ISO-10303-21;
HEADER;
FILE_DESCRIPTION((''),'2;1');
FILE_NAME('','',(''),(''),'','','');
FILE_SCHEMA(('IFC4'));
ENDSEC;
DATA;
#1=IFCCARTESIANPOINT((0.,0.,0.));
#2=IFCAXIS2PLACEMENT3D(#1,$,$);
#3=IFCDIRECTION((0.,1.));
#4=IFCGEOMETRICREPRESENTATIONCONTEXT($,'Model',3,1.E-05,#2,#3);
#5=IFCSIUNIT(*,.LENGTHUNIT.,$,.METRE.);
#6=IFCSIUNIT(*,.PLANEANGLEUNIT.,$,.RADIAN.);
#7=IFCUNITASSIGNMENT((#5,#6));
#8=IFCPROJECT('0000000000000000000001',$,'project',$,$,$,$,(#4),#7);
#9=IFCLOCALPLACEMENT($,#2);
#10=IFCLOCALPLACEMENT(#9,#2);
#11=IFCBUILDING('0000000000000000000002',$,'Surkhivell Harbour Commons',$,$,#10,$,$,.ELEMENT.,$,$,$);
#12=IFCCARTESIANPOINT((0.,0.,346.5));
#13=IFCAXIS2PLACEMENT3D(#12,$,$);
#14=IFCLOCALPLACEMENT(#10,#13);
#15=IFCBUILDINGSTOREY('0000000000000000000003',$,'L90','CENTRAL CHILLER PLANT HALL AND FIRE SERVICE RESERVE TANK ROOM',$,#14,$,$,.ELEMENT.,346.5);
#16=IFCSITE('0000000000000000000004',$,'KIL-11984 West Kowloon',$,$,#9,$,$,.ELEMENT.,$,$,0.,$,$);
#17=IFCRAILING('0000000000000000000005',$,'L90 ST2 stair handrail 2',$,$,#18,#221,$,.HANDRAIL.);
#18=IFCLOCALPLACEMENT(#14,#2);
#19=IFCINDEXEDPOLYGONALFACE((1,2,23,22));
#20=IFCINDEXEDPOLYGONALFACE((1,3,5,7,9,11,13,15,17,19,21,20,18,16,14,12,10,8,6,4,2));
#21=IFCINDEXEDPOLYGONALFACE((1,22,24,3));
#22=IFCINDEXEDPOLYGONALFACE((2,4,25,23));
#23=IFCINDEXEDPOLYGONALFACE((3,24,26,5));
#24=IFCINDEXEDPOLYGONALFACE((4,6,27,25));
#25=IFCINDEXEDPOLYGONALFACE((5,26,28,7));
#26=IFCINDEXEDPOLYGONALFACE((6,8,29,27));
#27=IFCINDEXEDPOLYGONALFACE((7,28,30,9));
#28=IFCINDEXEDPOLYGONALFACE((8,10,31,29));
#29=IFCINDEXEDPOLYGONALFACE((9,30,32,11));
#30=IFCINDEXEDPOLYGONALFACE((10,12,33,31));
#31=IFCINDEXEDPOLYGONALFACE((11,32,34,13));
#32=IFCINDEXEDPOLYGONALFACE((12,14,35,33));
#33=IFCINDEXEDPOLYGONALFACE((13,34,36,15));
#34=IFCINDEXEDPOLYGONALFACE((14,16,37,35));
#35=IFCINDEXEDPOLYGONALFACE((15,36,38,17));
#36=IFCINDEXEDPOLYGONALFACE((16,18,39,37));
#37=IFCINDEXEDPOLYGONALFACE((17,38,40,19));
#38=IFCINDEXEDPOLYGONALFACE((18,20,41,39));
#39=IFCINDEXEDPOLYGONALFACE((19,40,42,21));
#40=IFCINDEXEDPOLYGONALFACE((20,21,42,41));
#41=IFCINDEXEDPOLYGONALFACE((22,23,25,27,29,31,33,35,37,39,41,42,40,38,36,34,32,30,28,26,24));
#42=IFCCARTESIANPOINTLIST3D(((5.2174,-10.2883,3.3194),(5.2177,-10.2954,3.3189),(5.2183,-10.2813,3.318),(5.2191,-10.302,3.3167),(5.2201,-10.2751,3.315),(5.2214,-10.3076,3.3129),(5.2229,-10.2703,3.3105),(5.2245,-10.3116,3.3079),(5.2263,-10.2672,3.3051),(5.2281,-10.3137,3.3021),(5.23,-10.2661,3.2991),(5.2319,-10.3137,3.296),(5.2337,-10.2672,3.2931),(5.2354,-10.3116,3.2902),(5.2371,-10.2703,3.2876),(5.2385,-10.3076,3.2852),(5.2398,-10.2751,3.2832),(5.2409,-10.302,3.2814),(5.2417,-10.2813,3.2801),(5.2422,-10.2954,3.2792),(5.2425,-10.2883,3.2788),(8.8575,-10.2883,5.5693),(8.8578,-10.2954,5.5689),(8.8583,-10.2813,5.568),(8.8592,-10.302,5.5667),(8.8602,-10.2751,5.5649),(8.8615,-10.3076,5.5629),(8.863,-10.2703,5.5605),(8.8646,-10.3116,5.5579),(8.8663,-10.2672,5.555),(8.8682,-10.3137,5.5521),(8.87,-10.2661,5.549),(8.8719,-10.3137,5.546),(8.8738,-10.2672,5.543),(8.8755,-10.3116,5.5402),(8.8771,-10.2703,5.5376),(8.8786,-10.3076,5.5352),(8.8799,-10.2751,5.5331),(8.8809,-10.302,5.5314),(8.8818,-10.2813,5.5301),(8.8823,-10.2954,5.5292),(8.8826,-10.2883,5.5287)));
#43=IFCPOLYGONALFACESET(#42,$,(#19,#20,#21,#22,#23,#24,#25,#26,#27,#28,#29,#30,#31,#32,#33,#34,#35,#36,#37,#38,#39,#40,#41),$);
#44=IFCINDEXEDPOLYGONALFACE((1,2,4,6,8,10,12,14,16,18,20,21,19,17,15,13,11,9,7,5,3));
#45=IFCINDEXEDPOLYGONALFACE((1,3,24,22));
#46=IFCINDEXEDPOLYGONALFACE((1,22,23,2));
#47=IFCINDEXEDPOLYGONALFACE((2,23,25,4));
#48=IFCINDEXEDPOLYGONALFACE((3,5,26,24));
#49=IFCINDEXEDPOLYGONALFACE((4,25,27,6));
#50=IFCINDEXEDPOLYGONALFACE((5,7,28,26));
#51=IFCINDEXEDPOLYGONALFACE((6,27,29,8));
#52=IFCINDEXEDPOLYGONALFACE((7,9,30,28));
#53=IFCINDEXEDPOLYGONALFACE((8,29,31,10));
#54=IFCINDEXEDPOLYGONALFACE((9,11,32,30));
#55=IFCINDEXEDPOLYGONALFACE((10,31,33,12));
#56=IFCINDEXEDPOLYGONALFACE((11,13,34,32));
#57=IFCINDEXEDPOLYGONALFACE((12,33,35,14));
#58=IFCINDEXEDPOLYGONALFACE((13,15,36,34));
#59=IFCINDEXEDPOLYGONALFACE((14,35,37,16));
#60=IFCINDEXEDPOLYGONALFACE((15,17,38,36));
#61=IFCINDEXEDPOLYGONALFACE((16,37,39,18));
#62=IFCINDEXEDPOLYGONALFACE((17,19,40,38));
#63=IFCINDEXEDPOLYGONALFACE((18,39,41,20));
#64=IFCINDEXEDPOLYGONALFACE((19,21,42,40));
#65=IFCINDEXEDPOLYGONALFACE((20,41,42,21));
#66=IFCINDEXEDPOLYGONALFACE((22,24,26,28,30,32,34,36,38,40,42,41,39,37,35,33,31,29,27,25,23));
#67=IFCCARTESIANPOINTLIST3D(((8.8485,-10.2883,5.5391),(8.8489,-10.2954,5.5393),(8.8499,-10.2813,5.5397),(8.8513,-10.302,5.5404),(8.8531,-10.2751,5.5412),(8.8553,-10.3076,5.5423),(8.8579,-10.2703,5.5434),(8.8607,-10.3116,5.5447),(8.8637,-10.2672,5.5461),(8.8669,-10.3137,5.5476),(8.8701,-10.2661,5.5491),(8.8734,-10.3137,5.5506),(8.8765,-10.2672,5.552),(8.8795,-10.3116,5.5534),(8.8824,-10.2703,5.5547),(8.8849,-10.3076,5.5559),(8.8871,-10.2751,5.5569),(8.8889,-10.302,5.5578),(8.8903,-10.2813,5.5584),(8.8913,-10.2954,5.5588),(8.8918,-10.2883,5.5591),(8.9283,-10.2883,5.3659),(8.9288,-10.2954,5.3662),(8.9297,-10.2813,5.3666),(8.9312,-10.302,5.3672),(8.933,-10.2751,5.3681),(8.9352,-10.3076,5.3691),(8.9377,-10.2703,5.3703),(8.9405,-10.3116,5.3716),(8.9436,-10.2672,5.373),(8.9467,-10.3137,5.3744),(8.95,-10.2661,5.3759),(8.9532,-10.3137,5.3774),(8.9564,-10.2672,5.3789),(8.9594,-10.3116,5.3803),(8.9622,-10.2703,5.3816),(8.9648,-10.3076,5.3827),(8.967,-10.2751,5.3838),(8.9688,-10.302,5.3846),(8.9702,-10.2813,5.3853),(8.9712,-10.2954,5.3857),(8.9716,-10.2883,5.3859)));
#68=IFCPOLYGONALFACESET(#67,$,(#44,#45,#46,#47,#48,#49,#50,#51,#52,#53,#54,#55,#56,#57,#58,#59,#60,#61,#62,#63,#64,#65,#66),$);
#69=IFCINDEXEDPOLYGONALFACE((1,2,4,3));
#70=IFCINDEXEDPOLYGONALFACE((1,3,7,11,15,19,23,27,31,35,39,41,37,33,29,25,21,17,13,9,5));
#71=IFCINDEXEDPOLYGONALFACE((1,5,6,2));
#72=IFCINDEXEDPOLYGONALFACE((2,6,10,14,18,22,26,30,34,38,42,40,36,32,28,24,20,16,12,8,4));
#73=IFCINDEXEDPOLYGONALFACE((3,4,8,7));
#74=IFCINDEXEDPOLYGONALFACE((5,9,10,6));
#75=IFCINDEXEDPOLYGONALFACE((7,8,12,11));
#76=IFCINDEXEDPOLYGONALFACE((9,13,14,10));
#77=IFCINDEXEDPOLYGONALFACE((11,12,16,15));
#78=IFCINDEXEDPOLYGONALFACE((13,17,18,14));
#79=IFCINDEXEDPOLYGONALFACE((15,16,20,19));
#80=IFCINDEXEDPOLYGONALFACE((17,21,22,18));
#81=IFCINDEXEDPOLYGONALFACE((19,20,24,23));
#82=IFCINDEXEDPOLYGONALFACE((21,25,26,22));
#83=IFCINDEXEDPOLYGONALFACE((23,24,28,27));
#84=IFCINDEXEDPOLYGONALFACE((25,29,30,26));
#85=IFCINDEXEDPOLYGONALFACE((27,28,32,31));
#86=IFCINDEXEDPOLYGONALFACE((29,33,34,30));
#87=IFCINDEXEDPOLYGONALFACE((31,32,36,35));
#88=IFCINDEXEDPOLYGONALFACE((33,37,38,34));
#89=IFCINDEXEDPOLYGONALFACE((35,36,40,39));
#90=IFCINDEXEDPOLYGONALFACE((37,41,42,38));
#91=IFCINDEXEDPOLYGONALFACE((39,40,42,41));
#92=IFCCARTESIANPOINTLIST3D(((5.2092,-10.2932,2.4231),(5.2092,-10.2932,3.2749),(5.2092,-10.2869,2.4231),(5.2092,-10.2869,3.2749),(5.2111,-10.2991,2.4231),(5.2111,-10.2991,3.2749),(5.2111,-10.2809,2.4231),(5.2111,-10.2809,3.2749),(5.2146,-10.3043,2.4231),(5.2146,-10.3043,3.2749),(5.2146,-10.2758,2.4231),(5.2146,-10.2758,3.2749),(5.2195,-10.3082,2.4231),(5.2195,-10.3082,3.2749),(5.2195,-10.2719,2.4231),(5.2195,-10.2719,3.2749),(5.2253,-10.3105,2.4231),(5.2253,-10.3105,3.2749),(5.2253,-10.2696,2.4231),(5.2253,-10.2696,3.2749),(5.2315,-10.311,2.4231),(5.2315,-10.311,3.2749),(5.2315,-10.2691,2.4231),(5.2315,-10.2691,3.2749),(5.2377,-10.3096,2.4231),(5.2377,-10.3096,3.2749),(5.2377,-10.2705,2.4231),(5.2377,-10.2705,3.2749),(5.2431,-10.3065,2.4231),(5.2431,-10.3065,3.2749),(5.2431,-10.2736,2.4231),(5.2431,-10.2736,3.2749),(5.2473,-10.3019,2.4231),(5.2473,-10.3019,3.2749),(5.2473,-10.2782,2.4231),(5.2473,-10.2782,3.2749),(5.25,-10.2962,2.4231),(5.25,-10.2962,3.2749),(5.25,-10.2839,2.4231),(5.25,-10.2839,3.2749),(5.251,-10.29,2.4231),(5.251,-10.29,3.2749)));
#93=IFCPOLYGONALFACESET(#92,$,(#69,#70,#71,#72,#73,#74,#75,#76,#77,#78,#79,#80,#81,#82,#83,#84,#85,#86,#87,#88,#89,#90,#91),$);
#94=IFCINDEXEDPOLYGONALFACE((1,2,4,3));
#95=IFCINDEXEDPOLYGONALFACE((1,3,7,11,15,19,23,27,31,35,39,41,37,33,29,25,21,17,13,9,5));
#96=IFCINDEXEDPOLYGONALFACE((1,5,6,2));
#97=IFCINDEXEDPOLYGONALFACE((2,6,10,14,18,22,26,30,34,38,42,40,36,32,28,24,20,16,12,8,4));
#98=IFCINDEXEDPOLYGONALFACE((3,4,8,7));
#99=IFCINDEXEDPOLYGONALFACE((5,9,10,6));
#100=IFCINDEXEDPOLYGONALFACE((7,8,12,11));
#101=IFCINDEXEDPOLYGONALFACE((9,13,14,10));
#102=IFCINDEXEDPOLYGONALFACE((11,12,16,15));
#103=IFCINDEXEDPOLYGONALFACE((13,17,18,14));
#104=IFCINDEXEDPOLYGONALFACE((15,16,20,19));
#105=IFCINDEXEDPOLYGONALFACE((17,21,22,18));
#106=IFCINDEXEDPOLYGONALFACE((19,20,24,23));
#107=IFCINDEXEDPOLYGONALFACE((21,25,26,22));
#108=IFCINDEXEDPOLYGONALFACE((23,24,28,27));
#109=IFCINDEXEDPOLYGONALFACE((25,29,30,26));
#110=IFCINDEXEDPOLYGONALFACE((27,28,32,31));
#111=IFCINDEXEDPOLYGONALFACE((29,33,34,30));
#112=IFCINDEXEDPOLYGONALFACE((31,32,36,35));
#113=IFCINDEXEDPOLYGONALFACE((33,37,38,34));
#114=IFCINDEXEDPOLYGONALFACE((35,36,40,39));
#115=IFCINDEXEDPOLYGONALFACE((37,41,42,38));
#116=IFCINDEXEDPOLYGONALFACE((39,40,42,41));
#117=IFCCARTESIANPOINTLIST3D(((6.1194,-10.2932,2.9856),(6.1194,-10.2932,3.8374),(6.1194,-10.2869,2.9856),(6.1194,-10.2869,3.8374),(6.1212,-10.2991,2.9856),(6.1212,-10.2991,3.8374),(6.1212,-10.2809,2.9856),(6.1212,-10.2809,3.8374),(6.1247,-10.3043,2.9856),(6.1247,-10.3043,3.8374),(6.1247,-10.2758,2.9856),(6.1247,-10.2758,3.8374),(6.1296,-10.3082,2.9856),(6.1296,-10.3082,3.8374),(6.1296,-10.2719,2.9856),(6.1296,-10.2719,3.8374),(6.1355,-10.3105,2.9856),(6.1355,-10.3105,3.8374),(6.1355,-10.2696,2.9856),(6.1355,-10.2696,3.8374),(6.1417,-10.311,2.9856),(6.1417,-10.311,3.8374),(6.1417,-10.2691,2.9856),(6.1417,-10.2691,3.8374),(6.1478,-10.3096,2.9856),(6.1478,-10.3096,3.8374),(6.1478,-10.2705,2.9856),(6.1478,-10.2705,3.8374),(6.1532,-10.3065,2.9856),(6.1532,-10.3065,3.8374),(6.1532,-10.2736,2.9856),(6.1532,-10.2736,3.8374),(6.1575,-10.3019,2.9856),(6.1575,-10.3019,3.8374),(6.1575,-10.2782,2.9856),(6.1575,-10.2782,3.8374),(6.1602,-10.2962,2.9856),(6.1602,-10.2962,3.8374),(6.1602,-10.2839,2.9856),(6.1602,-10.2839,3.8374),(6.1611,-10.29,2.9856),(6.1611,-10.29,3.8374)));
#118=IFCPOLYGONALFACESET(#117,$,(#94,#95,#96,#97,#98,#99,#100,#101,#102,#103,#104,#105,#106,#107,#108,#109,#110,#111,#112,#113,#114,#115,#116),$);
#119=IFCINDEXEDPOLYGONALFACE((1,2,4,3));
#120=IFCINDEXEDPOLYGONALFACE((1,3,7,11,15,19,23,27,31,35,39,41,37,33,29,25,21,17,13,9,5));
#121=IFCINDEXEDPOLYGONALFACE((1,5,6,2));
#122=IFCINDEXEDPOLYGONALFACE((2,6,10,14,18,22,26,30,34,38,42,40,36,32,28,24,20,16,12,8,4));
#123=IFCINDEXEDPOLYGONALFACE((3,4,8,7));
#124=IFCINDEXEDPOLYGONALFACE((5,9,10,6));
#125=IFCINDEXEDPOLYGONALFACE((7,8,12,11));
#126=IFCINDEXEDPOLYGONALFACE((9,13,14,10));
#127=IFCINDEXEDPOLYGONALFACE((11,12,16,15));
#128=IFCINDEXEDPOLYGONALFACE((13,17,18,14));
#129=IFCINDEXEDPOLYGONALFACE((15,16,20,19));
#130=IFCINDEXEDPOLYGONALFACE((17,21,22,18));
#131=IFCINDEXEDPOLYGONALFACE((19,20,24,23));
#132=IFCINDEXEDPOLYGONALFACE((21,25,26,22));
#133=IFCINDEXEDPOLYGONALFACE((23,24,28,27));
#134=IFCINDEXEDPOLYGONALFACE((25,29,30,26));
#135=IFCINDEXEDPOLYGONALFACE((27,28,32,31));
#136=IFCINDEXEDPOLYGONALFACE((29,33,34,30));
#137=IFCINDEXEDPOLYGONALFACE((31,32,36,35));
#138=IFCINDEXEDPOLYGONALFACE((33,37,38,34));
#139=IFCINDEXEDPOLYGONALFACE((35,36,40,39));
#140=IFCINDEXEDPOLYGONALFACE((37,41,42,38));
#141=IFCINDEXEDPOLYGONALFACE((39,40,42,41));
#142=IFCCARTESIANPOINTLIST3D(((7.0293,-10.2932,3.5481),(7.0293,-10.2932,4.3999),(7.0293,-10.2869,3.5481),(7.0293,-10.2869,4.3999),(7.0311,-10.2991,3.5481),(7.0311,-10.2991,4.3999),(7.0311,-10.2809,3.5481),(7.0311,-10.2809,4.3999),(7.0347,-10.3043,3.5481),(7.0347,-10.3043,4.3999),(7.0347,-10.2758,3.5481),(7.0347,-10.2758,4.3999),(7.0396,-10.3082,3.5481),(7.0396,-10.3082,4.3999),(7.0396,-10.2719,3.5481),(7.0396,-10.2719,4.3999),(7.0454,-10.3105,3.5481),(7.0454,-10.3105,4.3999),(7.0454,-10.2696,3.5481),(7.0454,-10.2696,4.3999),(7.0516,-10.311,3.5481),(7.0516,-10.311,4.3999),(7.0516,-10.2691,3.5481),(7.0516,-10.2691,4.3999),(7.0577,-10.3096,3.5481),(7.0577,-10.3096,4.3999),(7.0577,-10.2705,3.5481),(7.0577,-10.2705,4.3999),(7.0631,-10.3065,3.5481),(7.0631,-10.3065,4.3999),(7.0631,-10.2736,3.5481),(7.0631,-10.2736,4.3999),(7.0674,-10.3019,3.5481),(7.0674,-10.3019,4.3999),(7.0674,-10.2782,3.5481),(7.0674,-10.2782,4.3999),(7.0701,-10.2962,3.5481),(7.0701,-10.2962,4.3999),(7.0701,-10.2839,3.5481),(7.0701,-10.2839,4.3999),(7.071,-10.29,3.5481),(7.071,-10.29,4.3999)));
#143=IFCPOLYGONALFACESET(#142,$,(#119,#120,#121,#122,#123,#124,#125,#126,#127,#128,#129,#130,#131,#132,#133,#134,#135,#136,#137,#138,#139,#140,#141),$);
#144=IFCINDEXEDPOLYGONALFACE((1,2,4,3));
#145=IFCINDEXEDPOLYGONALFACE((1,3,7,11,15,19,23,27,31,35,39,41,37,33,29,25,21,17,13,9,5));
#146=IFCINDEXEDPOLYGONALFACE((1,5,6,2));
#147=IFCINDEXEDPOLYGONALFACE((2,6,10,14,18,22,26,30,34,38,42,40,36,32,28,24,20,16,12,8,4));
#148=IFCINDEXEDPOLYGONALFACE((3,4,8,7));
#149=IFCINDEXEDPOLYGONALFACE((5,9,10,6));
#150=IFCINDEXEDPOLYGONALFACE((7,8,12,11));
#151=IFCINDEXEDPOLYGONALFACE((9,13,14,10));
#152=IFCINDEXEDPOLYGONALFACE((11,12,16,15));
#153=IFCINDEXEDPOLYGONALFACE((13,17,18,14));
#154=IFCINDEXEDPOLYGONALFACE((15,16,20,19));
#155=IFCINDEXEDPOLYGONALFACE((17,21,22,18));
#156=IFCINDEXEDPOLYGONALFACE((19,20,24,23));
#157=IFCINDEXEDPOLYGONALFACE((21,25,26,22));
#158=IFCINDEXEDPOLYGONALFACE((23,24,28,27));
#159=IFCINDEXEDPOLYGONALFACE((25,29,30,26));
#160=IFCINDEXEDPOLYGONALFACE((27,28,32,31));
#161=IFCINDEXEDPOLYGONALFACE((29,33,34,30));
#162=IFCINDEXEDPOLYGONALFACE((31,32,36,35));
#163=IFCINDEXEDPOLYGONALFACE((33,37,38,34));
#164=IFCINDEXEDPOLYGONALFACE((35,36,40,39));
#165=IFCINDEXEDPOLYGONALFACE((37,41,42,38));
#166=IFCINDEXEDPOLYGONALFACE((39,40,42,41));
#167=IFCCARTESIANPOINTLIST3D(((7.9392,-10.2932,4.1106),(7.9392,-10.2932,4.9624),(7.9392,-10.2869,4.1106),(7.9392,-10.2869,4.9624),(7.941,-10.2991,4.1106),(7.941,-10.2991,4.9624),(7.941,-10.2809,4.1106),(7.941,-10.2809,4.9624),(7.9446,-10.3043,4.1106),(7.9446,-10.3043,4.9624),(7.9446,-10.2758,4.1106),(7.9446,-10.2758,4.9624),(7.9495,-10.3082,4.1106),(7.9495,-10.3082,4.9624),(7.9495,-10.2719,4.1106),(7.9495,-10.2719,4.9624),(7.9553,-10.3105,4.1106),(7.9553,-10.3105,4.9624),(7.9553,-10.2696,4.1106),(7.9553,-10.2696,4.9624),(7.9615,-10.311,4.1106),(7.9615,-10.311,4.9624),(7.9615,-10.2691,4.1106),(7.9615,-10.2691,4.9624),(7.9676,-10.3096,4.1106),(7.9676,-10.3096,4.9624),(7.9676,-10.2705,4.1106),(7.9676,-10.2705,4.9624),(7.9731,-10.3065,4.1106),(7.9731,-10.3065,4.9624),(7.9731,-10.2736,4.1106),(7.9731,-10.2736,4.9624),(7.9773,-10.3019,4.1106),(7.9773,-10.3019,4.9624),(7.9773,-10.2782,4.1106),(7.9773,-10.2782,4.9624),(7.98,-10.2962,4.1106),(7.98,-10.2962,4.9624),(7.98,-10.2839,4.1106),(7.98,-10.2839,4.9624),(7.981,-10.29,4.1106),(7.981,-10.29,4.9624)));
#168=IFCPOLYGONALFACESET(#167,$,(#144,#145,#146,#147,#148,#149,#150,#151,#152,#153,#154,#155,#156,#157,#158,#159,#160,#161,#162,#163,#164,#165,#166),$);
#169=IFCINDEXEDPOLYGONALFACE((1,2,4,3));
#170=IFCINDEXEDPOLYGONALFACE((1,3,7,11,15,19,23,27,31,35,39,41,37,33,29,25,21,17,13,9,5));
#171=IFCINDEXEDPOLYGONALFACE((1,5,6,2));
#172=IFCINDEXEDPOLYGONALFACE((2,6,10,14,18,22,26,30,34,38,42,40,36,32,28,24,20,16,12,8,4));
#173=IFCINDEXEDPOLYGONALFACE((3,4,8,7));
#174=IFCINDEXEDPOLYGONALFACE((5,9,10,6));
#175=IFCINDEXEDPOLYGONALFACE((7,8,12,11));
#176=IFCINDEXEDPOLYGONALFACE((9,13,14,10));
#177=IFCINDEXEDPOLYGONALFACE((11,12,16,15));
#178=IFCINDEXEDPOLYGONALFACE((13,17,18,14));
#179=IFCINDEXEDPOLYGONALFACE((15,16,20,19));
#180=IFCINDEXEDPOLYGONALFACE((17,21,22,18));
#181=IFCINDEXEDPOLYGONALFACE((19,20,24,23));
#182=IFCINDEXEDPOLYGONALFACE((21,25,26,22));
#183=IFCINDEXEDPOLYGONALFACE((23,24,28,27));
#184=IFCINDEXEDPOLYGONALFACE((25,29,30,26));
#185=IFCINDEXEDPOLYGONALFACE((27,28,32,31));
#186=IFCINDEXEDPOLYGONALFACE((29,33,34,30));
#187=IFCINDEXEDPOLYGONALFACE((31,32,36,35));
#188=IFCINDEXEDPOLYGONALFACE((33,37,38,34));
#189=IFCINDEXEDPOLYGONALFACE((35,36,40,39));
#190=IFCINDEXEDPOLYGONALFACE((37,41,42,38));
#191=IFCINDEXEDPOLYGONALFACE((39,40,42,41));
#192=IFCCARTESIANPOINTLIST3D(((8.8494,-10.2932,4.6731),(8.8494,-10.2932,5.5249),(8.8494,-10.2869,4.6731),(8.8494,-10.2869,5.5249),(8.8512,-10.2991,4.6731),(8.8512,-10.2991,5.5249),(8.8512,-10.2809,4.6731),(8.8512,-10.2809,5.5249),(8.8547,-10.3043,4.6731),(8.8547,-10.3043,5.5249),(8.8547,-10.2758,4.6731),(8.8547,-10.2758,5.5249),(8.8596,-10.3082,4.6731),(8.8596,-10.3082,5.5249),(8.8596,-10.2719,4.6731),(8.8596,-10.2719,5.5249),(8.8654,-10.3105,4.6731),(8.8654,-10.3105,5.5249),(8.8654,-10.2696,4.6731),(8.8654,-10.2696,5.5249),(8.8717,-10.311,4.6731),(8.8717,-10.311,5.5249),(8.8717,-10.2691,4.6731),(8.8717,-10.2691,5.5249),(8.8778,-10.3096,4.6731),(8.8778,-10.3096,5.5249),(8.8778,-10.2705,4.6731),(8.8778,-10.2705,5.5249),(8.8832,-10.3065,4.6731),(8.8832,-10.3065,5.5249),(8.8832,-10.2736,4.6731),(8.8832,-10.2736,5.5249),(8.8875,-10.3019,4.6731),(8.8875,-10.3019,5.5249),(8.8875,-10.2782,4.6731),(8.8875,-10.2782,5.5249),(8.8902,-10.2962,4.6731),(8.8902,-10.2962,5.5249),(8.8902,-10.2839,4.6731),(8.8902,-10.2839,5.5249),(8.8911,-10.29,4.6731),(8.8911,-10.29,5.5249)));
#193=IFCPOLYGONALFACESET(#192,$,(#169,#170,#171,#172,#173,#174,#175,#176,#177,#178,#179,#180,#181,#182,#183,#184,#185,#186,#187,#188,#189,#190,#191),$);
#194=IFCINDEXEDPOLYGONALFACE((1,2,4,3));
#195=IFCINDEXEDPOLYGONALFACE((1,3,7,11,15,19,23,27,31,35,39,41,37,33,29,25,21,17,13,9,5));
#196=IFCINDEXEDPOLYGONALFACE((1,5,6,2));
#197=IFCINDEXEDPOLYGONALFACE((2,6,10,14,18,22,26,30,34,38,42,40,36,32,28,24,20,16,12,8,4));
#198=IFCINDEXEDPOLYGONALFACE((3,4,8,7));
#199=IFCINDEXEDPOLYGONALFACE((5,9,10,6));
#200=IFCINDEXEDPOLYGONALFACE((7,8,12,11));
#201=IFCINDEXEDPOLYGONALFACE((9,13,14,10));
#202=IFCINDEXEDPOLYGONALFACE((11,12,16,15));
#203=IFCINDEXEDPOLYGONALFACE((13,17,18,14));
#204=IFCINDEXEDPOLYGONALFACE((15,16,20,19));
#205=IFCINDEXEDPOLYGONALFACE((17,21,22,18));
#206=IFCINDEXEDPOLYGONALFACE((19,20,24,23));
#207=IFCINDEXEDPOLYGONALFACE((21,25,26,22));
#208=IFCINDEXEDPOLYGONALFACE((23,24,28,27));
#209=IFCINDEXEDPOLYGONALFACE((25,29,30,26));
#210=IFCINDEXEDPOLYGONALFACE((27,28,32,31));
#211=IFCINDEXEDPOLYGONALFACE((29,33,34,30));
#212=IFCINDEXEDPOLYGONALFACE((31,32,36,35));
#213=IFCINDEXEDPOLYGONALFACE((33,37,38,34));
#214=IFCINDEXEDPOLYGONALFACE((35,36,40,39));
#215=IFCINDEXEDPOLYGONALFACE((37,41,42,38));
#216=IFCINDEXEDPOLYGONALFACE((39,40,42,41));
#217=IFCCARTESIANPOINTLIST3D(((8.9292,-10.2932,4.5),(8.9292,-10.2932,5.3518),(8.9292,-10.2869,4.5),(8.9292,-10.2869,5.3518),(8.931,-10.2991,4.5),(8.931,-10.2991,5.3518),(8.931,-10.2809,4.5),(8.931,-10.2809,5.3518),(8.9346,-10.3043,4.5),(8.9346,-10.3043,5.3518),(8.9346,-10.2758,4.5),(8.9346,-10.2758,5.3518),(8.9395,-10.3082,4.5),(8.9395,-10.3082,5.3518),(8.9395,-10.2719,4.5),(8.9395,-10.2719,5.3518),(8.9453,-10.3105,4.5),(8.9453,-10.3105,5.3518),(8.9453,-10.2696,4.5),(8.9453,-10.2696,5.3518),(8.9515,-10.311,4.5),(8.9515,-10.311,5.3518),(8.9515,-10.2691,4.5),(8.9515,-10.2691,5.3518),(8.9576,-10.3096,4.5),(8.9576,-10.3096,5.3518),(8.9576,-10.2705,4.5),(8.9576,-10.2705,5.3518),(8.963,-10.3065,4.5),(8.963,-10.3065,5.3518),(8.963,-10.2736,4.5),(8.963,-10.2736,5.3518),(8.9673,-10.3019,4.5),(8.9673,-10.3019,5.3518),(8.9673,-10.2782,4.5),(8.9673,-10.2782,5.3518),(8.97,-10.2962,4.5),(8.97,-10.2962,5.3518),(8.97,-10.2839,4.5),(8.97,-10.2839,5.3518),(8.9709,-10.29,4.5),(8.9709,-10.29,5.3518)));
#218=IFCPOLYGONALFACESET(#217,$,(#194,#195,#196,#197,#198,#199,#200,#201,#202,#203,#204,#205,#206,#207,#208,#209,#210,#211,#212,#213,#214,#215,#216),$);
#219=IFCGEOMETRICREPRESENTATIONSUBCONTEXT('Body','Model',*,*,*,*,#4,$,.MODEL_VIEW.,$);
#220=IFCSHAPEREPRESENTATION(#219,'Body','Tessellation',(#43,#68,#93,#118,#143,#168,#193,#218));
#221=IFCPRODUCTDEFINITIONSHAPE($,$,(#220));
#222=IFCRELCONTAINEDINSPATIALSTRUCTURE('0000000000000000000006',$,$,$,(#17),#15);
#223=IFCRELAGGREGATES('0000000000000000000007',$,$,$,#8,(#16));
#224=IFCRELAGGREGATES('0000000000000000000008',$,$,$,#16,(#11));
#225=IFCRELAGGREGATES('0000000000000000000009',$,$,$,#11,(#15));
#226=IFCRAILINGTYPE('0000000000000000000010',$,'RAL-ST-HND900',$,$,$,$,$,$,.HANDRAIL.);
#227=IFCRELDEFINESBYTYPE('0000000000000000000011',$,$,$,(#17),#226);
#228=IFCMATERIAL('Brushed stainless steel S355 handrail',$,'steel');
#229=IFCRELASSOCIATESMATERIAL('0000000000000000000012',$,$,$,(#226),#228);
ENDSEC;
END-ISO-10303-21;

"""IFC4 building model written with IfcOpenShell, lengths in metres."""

from ifc_helpers import new_model, si_unit, direction, frame, origin, origin_2d, place, context, subcontext, project, spatial, circle, extrude, material, type_object, element, save


model = new_model("IFC4")

# Units and contexts
model_context = context("Model", 3, precision=1e-05, world=origin(), true_north=direction((0.0, 1.0)))
body_context = subcontext(model_context, "Body", "Model", "MODEL_VIEW")
ifc_project = project(units=[si_unit("LENGTHUNIT", "METRE"), si_unit("PLANEANGLEUNIT", "RADIAN")], contexts=[model_context])

# Site, building, storey
site_placement = place(None, origin())
site = spatial("IfcSite", under=ifc_project, at=site_placement, Name="KIL-11984 West Kowloon", CompositionType="ELEMENT", RefElevation=0.0)
building_placement = place(site_placement, origin())
building = spatial("IfcBuilding", under=site, at=building_placement, Name="Surkhivell Harbour Commons", CompositionType="ELEMENT")
storey_placement = place(building_placement, frame((0.0, 0.0, 346.5)))
storey = spatial("IfcBuildingStorey", under=building, at=storey_placement, Name="L90", Description="CENTRAL CHILLER PLANT HALL AND FIRE SERVICE RESERVE TANK ROOM", CompositionType="ELEMENT", Elevation=346.5)

# Railing
ifc_material_1 = material(Name="Brushed stainless steel S355 handrail", Category="steel")
railing_type = type_object("IfcRailingType", Name="RAL-ST-HND900", PredefinedType="HANDRAIL", material=ifc_material_1)
railing_placement = place(storey_placement, frame((5.23, -10.29, 2.4231)))
element("IfcRailing", 1, at=railing_placement, inside=storey, type_object=railing_type, Name="L90 ST2 stair handrail 2", PredefinedType="HANDRAIL", context=body_context, shape_type="SweptSolid", body=[
    extrude(circle(Radius=0.0239, at=origin_2d()), frame((0.0, 0.0, 0.876), z_axis=(0.850622, 0.0, 0.525777), x_axis=(0.0, 1.0, 0.0)), (0.0, 0.0, 1.0), 4.2793),
    extrude(circle(Radius=0.0239, at=origin_2d()), frame((3.6401, 0.0, 3.126), z_axis=(0.418815, 0.0, -0.908072), x_axis=(0.0, 1.0, 0.0)), (0.0, 0.0, 1.0), 0.1907),
    extrude(circle(Radius=0.021, at=origin_2d()), origin(), (0.0, 0.0, 1.0), 0.8518),
    extrude(circle(Radius=0.021, at=origin_2d()), frame((0.9102, 0.0, 0.5625)), (0.0, 0.0, 1.0), 0.8518),
    extrude(circle(Radius=0.021, at=origin_2d()), frame((1.8201, 0.0, 1.125)), (0.0, 0.0, 1.0), 0.8518),
    extrude(circle(Radius=0.021, at=origin_2d()), frame((2.73, 0.0, 1.6875)), (0.0, 0.0, 1.0), 0.8518),
    extrude(circle(Radius=0.021, at=origin_2d()), frame((3.6401, 0.0, 2.25)), (0.0, 0.0, 1.0), 0.8518),
    extrude(circle(Radius=0.021, at=origin_2d()), frame((3.72, 0.0, 2.0769)), (0.0, 0.0, 1.0), 0.8518),
])

save(model, "model.ifc")
